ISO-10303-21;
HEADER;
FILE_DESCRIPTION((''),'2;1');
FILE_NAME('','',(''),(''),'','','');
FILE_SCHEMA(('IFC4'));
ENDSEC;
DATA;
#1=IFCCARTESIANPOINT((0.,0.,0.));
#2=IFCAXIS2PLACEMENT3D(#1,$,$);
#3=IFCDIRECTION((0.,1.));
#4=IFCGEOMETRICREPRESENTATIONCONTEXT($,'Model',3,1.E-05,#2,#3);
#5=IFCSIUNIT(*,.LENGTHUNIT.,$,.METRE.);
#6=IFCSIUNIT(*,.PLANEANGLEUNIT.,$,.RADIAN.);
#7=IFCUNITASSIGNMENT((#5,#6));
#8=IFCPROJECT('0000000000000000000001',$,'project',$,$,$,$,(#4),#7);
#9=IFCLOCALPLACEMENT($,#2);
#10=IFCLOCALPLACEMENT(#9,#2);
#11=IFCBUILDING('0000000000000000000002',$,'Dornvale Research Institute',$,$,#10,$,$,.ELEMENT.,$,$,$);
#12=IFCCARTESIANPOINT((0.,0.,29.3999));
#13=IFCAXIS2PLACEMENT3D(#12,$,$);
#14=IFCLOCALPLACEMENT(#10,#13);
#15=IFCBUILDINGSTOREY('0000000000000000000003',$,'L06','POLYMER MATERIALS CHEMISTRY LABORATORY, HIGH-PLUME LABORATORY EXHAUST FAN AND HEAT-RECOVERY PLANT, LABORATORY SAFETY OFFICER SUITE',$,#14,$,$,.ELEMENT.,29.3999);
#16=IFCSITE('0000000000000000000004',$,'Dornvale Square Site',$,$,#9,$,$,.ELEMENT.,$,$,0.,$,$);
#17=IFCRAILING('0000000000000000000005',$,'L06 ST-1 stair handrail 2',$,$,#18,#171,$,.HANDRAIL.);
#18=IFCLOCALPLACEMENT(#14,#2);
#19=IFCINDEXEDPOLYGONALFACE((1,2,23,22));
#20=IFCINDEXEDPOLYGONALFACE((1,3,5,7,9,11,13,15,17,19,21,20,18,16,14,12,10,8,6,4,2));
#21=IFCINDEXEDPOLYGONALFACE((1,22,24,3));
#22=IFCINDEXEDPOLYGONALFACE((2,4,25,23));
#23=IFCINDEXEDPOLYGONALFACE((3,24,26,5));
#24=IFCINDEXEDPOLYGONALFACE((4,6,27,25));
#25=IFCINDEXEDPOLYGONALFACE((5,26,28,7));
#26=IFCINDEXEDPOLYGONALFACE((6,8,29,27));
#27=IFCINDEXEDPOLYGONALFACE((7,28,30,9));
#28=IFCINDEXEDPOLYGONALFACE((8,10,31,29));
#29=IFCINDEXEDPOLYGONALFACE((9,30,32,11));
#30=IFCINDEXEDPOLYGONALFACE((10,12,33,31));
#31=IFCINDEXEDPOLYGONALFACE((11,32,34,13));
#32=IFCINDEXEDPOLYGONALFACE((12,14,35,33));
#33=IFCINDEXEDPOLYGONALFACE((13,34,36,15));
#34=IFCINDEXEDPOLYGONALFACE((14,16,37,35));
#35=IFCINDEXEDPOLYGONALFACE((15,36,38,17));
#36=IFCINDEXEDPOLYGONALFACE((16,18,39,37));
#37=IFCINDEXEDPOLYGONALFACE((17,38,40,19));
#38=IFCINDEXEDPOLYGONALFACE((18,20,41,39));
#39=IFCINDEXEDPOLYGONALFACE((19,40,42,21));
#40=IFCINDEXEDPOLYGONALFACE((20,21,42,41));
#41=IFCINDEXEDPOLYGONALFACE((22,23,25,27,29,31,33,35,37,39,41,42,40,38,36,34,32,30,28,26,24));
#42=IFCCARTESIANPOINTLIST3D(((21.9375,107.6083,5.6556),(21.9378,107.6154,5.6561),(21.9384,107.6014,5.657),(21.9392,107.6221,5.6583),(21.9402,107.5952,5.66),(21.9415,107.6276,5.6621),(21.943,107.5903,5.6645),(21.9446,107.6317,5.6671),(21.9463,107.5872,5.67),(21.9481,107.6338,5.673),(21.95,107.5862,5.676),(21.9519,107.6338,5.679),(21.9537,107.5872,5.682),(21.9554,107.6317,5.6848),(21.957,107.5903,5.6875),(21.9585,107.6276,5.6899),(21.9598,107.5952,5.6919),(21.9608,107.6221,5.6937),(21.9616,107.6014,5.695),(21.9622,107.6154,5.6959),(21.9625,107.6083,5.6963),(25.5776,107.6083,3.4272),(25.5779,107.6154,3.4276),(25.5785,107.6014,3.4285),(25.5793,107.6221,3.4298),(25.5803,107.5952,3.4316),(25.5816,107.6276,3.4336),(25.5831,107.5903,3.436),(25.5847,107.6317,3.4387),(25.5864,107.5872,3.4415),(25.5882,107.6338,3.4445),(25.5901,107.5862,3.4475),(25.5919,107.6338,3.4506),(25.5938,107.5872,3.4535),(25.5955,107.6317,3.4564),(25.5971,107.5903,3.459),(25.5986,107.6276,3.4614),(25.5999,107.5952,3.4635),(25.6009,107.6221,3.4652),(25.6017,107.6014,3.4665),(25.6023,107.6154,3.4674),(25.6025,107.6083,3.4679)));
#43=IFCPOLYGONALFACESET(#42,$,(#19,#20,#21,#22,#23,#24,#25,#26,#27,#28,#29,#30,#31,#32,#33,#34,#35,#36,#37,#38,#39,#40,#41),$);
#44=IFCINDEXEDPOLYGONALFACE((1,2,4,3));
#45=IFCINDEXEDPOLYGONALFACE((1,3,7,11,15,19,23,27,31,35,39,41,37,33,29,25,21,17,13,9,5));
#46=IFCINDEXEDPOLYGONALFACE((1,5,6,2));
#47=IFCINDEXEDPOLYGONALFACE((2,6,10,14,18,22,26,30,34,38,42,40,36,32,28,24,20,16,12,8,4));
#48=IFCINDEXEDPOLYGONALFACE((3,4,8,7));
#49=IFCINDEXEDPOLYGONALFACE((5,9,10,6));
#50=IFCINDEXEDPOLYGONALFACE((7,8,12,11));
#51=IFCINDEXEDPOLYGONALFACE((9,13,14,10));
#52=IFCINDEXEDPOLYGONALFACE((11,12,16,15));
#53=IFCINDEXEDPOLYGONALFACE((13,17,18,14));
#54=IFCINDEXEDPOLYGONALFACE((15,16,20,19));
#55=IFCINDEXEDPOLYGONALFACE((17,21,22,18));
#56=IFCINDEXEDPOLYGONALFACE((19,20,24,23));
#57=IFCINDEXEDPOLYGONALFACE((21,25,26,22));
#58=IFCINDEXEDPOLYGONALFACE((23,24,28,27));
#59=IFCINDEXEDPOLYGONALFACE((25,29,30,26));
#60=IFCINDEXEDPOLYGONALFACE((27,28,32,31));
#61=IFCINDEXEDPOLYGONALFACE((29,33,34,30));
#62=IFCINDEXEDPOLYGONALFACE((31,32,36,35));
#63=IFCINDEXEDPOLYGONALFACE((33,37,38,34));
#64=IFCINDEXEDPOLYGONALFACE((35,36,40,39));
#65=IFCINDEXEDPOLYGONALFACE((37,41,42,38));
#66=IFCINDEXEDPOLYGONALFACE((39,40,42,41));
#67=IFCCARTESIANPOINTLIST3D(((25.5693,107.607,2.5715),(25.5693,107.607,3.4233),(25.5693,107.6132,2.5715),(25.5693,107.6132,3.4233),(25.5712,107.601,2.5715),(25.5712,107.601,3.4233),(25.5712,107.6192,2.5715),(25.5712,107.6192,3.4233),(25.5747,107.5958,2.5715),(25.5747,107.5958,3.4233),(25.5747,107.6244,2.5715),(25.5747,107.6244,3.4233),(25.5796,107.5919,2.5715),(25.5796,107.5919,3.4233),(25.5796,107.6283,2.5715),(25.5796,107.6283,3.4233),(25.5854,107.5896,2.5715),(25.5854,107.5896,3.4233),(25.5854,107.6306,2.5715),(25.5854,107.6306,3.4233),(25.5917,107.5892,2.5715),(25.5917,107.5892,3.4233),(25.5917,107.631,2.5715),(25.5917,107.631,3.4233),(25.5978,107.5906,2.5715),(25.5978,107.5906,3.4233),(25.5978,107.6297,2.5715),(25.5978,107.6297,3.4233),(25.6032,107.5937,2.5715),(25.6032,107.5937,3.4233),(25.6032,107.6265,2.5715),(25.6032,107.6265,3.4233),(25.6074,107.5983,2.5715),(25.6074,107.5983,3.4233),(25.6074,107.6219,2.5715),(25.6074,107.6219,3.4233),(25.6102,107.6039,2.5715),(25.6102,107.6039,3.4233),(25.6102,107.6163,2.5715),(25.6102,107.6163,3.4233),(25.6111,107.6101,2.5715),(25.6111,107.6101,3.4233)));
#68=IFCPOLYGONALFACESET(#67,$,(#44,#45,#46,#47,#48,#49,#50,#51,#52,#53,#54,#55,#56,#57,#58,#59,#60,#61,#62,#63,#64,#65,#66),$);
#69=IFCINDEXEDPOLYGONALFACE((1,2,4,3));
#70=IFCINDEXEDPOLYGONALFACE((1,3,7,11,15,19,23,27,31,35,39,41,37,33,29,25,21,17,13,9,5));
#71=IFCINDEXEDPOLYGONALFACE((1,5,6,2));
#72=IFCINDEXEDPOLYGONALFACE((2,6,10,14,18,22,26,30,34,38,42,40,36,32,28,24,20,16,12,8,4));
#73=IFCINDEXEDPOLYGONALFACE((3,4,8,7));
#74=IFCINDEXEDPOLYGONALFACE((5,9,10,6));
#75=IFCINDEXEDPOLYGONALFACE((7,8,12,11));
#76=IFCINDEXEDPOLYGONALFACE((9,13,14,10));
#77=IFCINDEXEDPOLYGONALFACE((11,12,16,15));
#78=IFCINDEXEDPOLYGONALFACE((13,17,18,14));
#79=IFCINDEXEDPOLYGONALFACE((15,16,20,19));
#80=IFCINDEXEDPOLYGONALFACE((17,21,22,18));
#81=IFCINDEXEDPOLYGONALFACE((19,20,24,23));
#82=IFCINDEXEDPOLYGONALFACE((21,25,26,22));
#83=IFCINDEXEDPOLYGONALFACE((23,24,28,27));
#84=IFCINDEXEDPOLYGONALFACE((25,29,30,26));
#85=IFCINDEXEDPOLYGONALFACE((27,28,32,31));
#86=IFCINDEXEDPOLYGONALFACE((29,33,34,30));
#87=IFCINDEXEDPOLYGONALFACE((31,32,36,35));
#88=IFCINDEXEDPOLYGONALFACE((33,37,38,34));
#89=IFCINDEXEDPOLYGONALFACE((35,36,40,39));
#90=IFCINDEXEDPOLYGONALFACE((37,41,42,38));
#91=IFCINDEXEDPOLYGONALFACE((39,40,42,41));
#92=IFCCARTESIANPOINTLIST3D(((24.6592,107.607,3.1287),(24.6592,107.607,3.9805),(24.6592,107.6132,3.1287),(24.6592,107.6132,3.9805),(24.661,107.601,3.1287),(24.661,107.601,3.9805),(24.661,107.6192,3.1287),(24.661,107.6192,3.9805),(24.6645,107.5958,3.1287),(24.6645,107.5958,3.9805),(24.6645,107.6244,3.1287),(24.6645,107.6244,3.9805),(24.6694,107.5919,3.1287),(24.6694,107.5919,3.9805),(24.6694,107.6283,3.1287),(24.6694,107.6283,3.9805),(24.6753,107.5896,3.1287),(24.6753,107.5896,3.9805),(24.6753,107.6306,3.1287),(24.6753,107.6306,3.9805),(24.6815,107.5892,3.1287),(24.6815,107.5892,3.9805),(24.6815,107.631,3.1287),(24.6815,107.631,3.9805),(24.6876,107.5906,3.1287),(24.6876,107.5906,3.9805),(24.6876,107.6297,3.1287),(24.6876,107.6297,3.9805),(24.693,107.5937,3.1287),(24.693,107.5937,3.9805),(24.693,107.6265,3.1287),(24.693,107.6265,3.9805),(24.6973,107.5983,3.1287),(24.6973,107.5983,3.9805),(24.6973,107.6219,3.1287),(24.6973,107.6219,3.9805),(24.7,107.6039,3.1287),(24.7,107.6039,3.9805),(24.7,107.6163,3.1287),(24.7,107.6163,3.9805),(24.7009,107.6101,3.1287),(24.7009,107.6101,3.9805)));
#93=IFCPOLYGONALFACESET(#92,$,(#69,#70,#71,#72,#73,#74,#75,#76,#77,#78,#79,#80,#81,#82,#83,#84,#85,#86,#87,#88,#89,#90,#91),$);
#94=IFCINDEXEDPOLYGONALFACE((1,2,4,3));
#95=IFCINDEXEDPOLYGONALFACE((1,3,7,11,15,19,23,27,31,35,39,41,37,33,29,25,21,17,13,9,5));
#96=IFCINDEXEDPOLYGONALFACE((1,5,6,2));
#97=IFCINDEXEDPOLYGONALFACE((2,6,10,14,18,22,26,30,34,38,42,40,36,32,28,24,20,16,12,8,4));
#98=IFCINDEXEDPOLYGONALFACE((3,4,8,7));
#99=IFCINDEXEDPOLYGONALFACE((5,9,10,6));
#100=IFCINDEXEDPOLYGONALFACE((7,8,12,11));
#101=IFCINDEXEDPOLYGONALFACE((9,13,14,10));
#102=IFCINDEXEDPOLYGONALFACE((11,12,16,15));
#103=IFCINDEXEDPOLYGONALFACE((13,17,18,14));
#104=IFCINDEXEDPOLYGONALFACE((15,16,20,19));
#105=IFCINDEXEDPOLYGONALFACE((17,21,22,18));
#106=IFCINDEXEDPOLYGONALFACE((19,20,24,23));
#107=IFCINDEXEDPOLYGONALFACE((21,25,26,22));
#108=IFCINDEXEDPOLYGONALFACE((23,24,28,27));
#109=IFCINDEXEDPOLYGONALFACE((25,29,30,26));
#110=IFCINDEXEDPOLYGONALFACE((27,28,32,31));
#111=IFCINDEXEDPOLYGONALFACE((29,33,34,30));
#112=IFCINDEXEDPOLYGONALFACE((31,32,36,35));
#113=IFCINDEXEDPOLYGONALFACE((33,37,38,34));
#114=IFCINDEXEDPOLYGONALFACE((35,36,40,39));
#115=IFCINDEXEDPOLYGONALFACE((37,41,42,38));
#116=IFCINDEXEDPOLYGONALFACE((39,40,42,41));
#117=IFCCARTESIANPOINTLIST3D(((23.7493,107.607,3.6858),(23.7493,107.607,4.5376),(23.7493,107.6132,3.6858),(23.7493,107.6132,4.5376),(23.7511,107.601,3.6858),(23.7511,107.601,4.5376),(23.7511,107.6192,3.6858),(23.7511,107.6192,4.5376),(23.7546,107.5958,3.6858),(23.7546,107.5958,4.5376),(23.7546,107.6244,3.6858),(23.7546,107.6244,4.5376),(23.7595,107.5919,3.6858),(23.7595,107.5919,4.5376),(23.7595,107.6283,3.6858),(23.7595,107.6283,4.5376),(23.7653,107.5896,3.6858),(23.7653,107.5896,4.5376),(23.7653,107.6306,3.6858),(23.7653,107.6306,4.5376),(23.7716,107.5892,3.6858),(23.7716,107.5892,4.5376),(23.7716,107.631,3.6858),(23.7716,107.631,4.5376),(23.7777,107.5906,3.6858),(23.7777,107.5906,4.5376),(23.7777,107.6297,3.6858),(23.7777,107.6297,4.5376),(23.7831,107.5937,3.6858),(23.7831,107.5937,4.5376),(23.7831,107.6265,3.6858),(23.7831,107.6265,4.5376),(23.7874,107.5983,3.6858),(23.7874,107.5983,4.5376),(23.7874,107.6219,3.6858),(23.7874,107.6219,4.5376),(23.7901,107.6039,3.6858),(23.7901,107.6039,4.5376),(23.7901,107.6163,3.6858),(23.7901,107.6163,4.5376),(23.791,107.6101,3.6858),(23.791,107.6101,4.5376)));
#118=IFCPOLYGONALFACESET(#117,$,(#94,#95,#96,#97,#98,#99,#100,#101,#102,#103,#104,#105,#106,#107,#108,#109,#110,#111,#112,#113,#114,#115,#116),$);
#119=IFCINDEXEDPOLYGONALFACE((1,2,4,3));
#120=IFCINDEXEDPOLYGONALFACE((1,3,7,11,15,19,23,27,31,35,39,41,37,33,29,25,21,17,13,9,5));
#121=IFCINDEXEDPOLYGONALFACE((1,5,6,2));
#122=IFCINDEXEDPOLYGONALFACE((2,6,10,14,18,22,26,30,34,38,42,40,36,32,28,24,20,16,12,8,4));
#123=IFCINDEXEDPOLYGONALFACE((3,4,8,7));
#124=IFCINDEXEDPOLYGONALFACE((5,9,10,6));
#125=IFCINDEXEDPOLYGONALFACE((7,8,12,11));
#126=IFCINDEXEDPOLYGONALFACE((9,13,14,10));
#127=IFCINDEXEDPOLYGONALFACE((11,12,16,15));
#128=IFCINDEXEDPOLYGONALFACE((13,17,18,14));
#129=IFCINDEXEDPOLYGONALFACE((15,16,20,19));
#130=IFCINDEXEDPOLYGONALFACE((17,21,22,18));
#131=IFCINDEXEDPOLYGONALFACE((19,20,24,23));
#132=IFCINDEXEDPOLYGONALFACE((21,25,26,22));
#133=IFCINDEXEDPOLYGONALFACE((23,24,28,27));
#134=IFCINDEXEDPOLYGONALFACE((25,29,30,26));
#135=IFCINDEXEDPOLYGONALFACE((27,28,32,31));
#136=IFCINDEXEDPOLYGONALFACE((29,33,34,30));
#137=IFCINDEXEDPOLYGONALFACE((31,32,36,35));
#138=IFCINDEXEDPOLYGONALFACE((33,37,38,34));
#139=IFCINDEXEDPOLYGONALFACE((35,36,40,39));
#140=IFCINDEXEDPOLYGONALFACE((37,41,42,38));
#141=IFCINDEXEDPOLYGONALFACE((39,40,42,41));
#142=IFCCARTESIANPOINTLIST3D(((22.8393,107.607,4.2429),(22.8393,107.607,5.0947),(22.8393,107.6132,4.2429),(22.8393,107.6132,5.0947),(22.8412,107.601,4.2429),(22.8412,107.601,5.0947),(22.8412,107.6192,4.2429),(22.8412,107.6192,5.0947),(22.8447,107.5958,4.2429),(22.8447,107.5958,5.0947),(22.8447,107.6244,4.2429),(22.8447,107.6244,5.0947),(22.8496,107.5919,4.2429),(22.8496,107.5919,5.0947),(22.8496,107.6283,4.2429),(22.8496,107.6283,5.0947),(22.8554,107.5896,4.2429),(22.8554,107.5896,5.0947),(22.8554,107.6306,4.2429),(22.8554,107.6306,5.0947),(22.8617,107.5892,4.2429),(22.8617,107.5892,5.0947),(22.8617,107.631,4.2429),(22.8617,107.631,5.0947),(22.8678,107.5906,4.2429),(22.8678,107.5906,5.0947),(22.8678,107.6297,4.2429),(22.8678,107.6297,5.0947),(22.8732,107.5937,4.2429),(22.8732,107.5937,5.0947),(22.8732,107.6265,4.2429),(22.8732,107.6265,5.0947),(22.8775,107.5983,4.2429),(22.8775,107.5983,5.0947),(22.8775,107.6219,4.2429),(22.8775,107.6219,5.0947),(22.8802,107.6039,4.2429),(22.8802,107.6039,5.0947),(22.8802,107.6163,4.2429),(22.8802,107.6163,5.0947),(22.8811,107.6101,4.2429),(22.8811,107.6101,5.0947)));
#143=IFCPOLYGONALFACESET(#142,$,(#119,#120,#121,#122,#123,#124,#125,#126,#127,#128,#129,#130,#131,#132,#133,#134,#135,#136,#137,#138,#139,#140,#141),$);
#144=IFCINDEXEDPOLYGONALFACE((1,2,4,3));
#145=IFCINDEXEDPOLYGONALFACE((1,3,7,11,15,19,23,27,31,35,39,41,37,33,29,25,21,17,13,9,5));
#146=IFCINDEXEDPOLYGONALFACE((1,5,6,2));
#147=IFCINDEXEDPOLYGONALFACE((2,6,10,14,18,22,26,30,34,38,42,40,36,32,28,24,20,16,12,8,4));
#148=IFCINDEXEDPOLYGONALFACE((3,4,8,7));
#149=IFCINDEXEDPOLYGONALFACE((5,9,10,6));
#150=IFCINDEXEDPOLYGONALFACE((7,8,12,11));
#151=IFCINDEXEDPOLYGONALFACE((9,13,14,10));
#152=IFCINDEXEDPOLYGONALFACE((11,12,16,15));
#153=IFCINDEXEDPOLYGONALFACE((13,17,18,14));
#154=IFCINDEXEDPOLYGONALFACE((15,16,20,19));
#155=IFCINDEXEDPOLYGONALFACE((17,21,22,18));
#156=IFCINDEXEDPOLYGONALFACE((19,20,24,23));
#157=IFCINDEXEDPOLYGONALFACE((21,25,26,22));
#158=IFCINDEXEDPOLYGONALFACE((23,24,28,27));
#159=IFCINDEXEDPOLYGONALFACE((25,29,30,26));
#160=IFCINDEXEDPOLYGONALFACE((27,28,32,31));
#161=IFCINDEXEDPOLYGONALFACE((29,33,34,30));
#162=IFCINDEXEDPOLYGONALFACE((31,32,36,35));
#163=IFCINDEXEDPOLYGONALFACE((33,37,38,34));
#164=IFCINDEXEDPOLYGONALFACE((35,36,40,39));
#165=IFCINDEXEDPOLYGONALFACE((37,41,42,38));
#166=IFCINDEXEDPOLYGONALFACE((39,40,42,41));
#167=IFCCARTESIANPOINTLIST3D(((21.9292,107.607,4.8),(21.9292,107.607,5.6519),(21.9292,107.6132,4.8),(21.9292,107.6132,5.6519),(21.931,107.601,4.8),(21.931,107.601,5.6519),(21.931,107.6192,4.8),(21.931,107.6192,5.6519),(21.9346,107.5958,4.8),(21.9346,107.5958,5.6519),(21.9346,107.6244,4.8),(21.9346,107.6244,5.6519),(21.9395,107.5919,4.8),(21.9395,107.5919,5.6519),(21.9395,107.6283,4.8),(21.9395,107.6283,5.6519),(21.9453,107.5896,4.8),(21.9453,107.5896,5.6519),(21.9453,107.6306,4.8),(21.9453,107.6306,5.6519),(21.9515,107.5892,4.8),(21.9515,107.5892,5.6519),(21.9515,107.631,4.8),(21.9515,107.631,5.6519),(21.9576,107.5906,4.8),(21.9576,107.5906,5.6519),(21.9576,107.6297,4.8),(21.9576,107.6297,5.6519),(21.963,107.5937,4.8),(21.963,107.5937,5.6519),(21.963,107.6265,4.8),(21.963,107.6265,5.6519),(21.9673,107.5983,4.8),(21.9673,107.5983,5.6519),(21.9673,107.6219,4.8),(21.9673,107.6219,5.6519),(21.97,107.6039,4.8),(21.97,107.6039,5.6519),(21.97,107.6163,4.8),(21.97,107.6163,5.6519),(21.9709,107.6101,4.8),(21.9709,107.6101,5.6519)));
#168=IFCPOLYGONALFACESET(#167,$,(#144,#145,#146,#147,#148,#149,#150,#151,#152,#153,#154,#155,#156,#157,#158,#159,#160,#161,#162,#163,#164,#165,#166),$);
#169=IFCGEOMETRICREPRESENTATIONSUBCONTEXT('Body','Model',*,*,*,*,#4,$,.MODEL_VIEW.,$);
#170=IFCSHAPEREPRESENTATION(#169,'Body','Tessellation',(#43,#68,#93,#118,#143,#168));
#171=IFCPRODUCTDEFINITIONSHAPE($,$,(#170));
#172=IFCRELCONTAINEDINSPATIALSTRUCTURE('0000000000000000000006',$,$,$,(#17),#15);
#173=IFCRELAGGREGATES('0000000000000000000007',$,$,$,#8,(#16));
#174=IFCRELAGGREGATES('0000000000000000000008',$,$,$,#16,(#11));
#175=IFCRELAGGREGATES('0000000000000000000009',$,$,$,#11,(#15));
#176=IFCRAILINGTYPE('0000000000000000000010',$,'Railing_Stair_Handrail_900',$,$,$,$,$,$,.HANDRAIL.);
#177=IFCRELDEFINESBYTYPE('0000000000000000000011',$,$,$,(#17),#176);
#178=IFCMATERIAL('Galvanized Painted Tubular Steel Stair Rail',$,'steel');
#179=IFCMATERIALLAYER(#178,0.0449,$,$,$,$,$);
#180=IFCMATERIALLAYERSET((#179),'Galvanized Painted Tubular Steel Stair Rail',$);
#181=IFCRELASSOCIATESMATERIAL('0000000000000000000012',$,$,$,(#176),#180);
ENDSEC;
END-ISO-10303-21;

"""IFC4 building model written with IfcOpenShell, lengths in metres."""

from ifc_helpers import new_model, si_unit, direction, frame, origin, origin_2d, place, context, subcontext, project, spatial, circle, extrude, material, layer, layer_set, type_object, element, save


model = new_model("IFC4")

# Units and contexts
model_context = context("Model", 3, precision=1e-05, world=origin(), true_north=direction((0.0, 1.0)))
body_context = subcontext(model_context, "Body", "Model", "MODEL_VIEW")
ifc_project = project(units=[si_unit("LENGTHUNIT", "METRE"), si_unit("PLANEANGLEUNIT", "RADIAN")], contexts=[model_context])

# Site, building, storey
site_placement = place(None, origin())
site = spatial("IfcSite", under=ifc_project, at=site_placement, Name="Dornvale Square Site", CompositionType="ELEMENT", RefElevation=0.0)
building_placement = place(site_placement, origin())
building = spatial("IfcBuilding", under=site, at=building_placement, Name="Dornvale Research Institute", CompositionType="ELEMENT")
storey_placement = place(building_placement, frame((0.0, 0.0, 29.3999)))
storey = spatial("IfcBuildingStorey", under=building, at=storey_placement, Name="L06", Description="POLYMER MATERIALS CHEMISTRY LABORATORY, HIGH-PLUME LABORATORY EXHAUST FAN AND HEAT-RECOVERY PLANT, LABORATORY SAFETY OFFICER SUITE", CompositionType="ELEMENT", Elevation=29.3999)

# Railing
ifc_material_1 = material(Name="Galvanized Painted Tubular Steel Stair Rail", Category="steel")
ifc_layer_1 = layer(ifc_material_1, 0.0449)
ifc_layer_set_1 = layer_set([ifc_layer_1], Name="Galvanized Painted Tubular Steel Stair Rail")
railing_type = type_object("IfcRailingType", Name="Railing_Stair_Handrail_900", PredefinedType="HANDRAIL", material=ifc_layer_set_1)
railing_placement = place(storey_placement, frame((25.5901, 107.6101, 2.5715)))
element("IfcRailing", 1, at=railing_placement, inside=storey, type_object=railing_type, Name="L06 ST-1 stair handrail 2", PredefinedType="HANDRAIL", context=body_context, shape_type="SweptSolid", body=[
    extrude(circle(Radius=0.0239, at=origin_2d()), frame((0.0, 0.0, 0.876), z_axis=(-0.852866, 0.0, 0.52213), x_axis=(0.0, -1.0, 0.0)), (0.0, 0.0, 1.0), 4.2681),
    extrude(circle(Radius=0.021, at=origin_2d()), origin(), (0.0, 0.0, 1.0), 0.8518),
    extrude(circle(Radius=0.021, at=origin_2d()), frame((-0.9102, 0.0, 0.5571)), (0.0, 0.0, 1.0), 0.8518),
    extrude(circle(Radius=0.021, at=origin_2d()), frame((-1.8201, 0.0, 1.1143)), (0.0, 0.0, 1.0), 0.8518),
    extrude(circle(Radius=0.021, at=origin_2d()), frame((-2.73, 0.0, 1.6714)), (0.0, 0.0, 1.0), 0.8518),
    extrude(circle(Radius=0.021, at=origin_2d()), frame((-3.6401, 0.0, 2.2285)), (0.0, 0.0, 1.0), 0.8518),
])

save(model, "model.ifc")
